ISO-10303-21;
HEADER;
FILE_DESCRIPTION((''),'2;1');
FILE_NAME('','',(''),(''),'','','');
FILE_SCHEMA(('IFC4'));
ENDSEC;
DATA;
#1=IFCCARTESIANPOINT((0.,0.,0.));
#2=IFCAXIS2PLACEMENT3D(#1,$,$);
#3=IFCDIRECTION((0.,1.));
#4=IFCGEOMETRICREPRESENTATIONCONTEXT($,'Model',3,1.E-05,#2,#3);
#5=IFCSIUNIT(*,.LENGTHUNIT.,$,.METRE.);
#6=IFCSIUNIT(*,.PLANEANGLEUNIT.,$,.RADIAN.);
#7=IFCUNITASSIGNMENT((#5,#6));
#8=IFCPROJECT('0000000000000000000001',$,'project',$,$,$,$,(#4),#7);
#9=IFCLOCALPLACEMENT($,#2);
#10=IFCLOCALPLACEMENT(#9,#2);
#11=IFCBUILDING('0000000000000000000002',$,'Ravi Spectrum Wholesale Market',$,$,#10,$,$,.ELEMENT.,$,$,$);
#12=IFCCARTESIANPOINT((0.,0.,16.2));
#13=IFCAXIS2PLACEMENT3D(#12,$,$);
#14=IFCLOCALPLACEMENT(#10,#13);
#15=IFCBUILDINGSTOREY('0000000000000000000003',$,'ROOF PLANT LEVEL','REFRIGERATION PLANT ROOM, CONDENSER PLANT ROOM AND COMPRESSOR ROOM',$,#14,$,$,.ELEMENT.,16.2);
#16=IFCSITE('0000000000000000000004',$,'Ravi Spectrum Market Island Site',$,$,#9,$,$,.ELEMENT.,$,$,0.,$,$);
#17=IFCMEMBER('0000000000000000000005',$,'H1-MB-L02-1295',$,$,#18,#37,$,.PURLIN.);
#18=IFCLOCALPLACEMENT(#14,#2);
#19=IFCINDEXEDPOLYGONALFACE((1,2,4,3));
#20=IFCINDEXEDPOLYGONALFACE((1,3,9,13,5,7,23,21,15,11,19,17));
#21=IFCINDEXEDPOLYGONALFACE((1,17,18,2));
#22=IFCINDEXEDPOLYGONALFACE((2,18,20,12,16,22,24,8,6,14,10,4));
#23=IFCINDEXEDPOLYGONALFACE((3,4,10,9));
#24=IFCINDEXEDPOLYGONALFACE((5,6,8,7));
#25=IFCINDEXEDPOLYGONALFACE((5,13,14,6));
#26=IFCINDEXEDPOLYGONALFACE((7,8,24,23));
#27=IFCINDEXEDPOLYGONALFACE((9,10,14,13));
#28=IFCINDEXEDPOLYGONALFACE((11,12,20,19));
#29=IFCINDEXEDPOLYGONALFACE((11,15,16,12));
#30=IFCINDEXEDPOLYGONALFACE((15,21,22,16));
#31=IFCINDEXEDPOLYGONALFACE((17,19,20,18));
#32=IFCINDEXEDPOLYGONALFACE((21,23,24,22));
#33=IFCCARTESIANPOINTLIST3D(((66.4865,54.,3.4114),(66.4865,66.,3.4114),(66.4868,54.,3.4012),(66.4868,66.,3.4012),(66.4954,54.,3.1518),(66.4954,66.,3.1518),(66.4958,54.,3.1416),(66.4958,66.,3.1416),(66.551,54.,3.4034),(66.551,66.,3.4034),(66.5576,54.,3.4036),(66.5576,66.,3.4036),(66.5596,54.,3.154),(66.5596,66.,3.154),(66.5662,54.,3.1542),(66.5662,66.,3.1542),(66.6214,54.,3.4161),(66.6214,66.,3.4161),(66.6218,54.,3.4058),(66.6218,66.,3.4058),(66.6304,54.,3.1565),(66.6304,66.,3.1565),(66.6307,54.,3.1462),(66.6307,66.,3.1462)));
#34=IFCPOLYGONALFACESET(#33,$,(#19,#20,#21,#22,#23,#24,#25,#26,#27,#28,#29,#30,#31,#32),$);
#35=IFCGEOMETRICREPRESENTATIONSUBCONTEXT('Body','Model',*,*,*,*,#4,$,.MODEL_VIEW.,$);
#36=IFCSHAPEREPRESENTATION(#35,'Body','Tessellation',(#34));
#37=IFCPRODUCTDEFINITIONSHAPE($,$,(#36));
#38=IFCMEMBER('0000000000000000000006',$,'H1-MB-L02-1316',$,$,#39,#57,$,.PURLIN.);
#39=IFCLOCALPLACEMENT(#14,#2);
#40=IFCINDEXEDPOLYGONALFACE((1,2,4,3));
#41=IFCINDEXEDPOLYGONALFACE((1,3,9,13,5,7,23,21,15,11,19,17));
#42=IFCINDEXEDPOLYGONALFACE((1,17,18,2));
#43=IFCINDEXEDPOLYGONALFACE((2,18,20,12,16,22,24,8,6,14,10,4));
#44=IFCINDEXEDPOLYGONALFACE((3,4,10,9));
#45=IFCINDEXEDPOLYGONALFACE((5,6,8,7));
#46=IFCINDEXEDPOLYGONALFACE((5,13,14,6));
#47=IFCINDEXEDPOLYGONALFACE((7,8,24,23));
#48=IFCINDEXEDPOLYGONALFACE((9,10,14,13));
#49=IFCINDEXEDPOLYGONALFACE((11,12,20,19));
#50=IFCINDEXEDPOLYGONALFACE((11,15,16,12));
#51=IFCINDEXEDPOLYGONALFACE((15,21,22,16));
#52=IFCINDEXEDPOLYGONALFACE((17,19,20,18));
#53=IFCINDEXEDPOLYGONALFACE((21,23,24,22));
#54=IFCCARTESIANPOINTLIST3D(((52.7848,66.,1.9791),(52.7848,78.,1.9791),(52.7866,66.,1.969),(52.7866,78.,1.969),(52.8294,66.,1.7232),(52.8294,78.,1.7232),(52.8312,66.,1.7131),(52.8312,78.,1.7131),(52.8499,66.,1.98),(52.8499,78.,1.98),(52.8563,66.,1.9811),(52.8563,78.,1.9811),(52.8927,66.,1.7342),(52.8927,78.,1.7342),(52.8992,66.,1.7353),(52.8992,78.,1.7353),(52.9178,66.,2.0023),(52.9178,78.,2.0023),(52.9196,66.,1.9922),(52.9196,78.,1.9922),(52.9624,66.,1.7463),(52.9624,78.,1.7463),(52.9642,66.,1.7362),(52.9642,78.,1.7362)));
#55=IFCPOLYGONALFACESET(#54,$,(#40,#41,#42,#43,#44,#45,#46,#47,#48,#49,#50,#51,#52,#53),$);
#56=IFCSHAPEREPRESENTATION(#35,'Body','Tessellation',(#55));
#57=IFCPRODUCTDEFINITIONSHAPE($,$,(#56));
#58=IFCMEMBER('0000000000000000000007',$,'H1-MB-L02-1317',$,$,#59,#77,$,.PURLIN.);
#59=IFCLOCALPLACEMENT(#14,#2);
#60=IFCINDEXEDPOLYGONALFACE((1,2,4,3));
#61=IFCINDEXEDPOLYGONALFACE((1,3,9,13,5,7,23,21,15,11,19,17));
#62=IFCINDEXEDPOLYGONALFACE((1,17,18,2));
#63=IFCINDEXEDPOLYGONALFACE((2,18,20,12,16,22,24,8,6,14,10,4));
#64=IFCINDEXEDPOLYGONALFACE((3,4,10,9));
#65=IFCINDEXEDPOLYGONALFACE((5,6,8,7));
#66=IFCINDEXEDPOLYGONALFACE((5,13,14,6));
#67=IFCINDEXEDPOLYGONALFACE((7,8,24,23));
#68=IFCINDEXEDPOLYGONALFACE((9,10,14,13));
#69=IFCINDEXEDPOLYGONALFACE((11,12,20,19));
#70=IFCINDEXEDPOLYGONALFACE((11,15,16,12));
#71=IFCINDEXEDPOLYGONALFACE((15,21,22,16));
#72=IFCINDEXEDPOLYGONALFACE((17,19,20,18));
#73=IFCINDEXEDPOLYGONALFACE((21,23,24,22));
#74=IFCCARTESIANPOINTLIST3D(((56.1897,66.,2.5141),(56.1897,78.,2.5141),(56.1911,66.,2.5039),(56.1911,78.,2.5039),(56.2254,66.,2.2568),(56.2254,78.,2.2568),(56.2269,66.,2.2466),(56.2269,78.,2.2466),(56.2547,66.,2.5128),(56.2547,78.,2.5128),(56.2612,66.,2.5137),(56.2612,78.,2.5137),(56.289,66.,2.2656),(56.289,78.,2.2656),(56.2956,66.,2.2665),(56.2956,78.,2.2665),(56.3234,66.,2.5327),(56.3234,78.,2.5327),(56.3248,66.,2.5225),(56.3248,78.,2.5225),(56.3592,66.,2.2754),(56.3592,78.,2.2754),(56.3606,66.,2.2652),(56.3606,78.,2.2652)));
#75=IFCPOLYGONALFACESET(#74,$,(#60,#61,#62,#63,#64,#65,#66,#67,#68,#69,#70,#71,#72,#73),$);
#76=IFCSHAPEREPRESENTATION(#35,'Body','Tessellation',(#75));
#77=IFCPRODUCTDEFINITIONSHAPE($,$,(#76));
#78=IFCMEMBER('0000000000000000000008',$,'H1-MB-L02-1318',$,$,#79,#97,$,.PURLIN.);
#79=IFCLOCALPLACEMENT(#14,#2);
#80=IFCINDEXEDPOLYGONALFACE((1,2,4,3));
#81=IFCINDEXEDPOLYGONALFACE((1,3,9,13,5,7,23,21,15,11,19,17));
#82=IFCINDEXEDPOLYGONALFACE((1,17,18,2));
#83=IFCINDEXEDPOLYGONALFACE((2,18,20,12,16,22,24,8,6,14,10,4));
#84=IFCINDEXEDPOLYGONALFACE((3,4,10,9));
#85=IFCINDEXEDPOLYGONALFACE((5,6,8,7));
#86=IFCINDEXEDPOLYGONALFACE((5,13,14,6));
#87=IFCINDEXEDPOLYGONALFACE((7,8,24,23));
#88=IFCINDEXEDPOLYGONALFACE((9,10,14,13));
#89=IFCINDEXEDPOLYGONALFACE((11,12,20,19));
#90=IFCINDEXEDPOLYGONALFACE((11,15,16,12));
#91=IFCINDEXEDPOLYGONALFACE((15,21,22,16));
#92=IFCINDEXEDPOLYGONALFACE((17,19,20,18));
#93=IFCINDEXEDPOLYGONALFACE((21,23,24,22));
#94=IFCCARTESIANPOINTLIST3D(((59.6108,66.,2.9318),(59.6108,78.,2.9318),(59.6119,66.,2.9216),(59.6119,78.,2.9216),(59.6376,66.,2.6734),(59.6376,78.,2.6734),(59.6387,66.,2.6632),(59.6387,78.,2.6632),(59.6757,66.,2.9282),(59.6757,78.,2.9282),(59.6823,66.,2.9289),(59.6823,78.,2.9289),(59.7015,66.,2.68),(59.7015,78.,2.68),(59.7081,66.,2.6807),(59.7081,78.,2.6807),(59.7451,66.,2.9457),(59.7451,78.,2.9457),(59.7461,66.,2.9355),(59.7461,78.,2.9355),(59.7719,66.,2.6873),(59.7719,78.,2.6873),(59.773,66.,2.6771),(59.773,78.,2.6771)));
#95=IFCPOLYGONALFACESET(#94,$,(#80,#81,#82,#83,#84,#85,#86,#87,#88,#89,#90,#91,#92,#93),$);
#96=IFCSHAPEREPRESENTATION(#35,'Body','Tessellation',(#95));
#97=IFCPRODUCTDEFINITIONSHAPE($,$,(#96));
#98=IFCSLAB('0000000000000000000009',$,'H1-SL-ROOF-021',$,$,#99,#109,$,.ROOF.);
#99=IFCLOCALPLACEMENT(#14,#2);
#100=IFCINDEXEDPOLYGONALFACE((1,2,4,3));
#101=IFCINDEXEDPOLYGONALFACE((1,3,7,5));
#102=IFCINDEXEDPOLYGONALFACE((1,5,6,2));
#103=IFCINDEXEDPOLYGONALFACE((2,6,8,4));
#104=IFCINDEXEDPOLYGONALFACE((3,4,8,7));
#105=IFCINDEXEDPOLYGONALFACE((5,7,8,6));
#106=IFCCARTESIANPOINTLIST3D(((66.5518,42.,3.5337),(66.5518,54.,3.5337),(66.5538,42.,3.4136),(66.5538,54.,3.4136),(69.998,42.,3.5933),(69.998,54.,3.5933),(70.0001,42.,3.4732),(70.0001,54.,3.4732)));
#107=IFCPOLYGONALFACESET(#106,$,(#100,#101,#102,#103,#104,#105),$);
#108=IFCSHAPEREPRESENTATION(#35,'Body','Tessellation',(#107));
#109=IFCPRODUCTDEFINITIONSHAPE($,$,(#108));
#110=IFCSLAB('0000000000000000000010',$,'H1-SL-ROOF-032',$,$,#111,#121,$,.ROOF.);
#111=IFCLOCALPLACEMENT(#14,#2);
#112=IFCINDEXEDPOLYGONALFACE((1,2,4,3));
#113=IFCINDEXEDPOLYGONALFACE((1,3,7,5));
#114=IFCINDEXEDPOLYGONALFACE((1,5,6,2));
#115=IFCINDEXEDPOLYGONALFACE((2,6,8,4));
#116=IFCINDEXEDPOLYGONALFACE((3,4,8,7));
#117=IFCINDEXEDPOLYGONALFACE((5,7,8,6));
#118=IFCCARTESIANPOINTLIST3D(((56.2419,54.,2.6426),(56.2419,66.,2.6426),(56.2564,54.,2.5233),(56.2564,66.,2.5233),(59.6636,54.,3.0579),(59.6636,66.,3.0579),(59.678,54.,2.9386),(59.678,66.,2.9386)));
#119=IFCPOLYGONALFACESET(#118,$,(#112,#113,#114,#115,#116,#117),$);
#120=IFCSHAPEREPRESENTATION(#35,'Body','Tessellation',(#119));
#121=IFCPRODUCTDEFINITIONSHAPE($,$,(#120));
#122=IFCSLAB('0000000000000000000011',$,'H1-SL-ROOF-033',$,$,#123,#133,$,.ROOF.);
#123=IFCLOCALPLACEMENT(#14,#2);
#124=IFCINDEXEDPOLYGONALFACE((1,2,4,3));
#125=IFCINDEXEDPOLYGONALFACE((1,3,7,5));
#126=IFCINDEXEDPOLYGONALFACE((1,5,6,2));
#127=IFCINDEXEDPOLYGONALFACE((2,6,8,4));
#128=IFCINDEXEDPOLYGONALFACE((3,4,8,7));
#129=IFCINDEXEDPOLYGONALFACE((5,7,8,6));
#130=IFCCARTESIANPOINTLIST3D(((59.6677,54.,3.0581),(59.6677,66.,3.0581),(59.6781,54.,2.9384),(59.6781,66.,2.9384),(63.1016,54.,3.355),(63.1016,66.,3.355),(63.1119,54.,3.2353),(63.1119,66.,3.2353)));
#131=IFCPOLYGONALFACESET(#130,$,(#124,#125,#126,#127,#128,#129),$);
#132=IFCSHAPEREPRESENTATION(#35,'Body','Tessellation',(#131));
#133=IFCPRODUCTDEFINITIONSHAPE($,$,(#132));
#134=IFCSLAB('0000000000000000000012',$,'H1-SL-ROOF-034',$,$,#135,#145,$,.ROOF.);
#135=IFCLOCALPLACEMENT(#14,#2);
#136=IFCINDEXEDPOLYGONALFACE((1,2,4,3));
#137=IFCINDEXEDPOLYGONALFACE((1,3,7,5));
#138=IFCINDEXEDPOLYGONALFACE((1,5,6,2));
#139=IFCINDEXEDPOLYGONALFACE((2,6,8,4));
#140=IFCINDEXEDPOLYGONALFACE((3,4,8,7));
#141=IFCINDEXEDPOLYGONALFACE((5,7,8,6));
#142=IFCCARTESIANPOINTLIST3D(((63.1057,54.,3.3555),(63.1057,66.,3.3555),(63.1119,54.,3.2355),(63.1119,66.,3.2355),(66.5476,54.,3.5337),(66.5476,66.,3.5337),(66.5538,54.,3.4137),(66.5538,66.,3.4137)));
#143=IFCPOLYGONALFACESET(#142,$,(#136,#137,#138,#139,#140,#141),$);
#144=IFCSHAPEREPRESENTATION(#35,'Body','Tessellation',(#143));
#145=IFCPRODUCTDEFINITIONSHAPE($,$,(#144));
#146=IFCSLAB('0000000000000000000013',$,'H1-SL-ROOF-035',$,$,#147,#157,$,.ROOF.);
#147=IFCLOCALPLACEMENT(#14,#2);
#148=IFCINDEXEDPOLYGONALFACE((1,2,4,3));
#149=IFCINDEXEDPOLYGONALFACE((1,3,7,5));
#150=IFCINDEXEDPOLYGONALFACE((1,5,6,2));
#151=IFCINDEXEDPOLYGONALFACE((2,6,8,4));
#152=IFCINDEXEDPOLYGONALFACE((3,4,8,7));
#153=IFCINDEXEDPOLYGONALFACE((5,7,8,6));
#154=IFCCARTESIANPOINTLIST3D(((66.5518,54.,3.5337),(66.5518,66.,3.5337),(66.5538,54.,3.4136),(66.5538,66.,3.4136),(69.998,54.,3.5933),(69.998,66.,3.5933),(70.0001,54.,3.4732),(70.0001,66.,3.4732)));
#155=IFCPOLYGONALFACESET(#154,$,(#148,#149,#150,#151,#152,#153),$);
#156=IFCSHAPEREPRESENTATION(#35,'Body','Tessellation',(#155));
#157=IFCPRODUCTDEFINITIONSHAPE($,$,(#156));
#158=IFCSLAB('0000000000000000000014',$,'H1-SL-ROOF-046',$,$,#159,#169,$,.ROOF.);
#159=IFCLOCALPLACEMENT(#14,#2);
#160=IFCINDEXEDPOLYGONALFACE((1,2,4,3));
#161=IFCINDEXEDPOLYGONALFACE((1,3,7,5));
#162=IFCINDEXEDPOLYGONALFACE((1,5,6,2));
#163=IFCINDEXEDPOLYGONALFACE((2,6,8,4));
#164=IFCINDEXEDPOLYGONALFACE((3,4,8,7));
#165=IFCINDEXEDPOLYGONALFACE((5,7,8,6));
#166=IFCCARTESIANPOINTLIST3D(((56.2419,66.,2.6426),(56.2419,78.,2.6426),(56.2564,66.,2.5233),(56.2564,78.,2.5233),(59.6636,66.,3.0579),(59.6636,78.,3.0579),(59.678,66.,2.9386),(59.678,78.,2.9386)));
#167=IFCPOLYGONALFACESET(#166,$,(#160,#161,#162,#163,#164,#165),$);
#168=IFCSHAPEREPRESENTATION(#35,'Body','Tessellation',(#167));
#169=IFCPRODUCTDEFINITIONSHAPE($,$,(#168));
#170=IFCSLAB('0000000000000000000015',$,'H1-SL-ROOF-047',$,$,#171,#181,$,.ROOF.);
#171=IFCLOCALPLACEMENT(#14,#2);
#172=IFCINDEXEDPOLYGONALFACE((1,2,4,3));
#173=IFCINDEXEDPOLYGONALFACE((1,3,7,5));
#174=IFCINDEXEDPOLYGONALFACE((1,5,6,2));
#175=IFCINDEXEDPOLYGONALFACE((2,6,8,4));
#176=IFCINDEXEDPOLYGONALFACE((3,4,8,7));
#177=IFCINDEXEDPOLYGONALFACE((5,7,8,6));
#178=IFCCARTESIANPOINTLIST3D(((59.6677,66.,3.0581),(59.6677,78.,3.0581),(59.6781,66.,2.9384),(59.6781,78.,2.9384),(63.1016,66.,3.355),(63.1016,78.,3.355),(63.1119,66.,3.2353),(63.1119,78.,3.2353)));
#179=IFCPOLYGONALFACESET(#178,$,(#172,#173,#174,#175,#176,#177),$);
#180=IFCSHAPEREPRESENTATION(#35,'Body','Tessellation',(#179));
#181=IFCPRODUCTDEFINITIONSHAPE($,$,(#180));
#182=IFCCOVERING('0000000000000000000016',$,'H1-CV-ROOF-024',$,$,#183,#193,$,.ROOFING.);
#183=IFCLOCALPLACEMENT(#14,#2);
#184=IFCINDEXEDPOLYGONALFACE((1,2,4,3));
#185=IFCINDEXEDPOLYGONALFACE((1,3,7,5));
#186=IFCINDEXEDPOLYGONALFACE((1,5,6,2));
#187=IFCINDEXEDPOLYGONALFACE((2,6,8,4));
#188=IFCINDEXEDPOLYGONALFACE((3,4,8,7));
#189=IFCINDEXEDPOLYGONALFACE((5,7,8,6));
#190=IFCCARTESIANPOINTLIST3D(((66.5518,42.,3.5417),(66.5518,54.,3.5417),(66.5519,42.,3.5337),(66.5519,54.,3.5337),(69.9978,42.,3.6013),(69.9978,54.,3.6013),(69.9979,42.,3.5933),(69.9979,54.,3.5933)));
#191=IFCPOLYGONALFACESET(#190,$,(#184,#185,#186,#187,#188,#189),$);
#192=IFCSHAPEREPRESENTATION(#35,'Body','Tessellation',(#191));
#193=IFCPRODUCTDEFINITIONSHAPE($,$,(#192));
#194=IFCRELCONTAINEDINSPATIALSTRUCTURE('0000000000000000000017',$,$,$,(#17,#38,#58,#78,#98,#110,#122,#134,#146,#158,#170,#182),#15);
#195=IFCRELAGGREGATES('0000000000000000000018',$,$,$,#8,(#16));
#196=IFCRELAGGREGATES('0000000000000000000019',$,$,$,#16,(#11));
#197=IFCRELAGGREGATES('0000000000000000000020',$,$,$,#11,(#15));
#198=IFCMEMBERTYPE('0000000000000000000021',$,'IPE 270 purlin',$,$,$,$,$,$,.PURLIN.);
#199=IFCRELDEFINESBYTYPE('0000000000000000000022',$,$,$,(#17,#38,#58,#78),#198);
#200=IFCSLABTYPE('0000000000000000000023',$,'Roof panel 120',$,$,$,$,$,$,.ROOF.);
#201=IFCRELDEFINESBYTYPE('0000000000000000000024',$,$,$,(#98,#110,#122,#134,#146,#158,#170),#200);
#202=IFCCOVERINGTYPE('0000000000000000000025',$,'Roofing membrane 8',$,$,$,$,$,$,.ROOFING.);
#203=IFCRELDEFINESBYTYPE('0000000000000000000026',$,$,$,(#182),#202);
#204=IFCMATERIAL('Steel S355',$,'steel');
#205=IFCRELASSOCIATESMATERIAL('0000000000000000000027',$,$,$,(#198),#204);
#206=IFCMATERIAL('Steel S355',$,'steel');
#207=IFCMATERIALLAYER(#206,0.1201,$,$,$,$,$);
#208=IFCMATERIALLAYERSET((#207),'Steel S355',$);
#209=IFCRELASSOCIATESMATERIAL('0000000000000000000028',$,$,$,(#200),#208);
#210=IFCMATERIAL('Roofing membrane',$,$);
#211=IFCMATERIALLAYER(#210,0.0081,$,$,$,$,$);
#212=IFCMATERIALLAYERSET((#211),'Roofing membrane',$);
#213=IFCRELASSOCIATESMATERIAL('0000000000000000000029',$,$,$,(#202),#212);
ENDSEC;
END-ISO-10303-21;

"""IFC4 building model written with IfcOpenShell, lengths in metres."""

from ifc_helpers import new_model, si_unit, direction, frame, origin, origin_2d, place, context, subcontext, project, spatial, polyline, i_section, outline, extrude, material, layer, layer_set, material_profile, profile_set, type_object, element, save


model = new_model("IFC4")

# Units and contexts
model_context = context("Model", 3, precision=1e-05, world=origin(), true_north=direction((0.0, 1.0)))
body_context = subcontext(model_context, "Body", "Model", "MODEL_VIEW")
ifc_project = project(units=[si_unit("LENGTHUNIT", "METRE"), si_unit("PLANEANGLEUNIT", "RADIAN")], contexts=[model_context])

# Site, building, storey
site_placement = place(None, origin())
site = spatial("IfcSite", under=ifc_project, at=site_placement, Name="Ravi Spectrum Market Island Site", CompositionType="ELEMENT", RefElevation=0.0)
building_placement = place(site_placement, origin())
building = spatial("IfcBuilding", under=site, at=building_placement, Name="Ravi Spectrum Wholesale Market", CompositionType="ELEMENT")
storey_placement = place(building_placement, frame((0.0, 0.0, 16.2)))
storey = spatial("IfcBuildingStorey", under=building, at=storey_placement, Name="ROOF PLANT LEVEL", Description="REFRIGERATION PLANT ROOM, CONDENSER PLANT ROOM AND COMPRESSOR ROOM", CompositionType="ELEMENT", Elevation=16.2)

# Members
ifc_material_1 = material(Name="Steel S355", Category="steel")
ifc_material_profile_1 = material_profile(ifc_material_1, i_section(OverallWidth=0.135, OverallDepth=0.27, WebThickness=0.0066, FlangeThickness=0.0103, at=origin_2d()))
ifc_profile_set_1 = profile_set([ifc_material_profile_1], Name="Steel S355")
member_type_1 = type_object("IfcMemberType", Name="IPE 270 purlin", PredefinedType="PURLIN", material=ifc_profile_set_1)
for number, where, z_axis, x_axis, name in (
    (1, (66.5586, 54.0, 3.2788), (0.0, 1.0, 0.0), (-0.999405, 0.0, -0.034492), "H1-MB-L02-1295"),
    (2, (52.8745, 66.0, 1.8577), (0.0, 1.0, 0.0), (-0.98516, 0.0, -0.171639), "H1-MB-L02-1316"),
    (3, (56.2751, 66.0, 2.3896), (0.0, 1.0, 0.0), (-0.990494, 0.0, -0.137557), "H1-MB-L02-1317"),
    (4, (59.6919, 66.0, 2.8044), (0.0, 1.0, 0.0), (-0.994649, 0.0, -0.103311), "H1-MB-L02-1318"),
):
    element("IfcMember", number, at=place(storey_placement, frame(where, z_axis=z_axis, x_axis=x_axis)), inside=storey, type_object=member_type_1, Name=name, PredefinedType="PURLIN", context=body_context, shape_type="SweptSolid", body=[
        extrude(i_section(OverallWidth=0.135, OverallDepth=0.27, WebThickness=0.0066, FlangeThickness=0.0103, at=origin_2d()), origin(), (0.0, 0.0, 1.0), 12.0),
    ])

# Slabs
ifc_material_2 = material(Name="Steel S355", Category="steel")
ifc_layer_1 = layer(ifc_material_2, 0.1201)
ifc_layer_set_1 = layer_set([ifc_layer_1], Name="Steel S355")
slab_type = type_object("IfcSlabType", Name="Roof panel 120", PredefinedType="ROOF", material=ifc_layer_set_1)
slab_1_placement = place(storey_placement, frame((66.5518, 42.0, 3.5337), z_axis=(-0.017283, 0.0, 0.999851), x_axis=(0.999851, 0.0, 0.017283)))
element("IfcSlab", 5, at=slab_1_placement, inside=storey, type_object=slab_type, Name="H1-SL-ROOF-021", PredefinedType="ROOF", context=body_context, shape_type="SweptSolid", body=[
    extrude(outline(polyline([(0.0, 0.0), (3.4468, 0.0), (3.4468, 12.0), (0.0, 12.0), (0.0, 0.0)])), origin(), (0.0, 0.0, -1.0), 0.1201),
])
slab_2_placement = place(storey_placement, frame((56.2419, 54.0, 2.6426), z_axis=(-0.120486, 0.0, 0.992715), x_axis=(0.992715, 0.0, 0.120486)))
element("IfcSlab", 6, at=slab_2_placement, inside=storey, type_object=slab_type, Name="H1-SL-ROOF-032", PredefinedType="ROOF", context=body_context, shape_type="SweptSolid", body=[
    extrude(outline(polyline([(0.0, 0.0), (3.4467, 0.0), (3.4467, 12.0), (0.0, 12.0), (0.0, 0.0)])), origin(), (0.0, 0.0, -1.0), 0.1201),
])
slab_3_placement = place(storey_placement, frame((59.6677, 54.0, 3.0581), z_axis=(-0.086134, 0.0, 0.996284), x_axis=(0.996284, 0.0, 0.086134)))
element("IfcSlab", 7, at=slab_3_placement, inside=storey, type_object=slab_type, Name="H1-SL-ROOF-033", PredefinedType="ROOF", context=body_context, shape_type="SweptSolid", body=[
    extrude(outline(polyline([(0.0, 0.0), (3.4466, 0.0), (3.4466, 12.0), (0.0, 12.0), (0.0, 0.0)])), origin(), (0.0, 0.0, -1.0), 0.1201),
])
slab_4_placement = place(storey_placement, frame((63.1057, 54.0, 3.3555), z_axis=(-0.051711, 0.0, 0.998662), x_axis=(0.998662, 0.0, 0.051711)))
element("IfcSlab", 8, at=slab_4_placement, inside=storey, type_object=slab_type, Name="H1-SL-ROOF-034", PredefinedType="ROOF", context=body_context, shape_type="SweptSolid", body=[
    extrude(outline(polyline([(0.0, 0.0), (3.4465, 0.0), (3.4465, 12.0), (0.0, 12.0), (0.0, 0.0)])), origin(), (0.0, 0.0, -1.0), 0.1201),
])
slab_5_placement = place(storey_placement, frame((66.5518, 54.0, 3.5337), z_axis=(-0.017283, 0.0, 0.999851), x_axis=(0.999851, 0.0, 0.017283)))
element("IfcSlab", 9, at=slab_5_placement, inside=storey, type_object=slab_type, Name="H1-SL-ROOF-035", PredefinedType="ROOF", context=body_context, shape_type="SweptSolid", body=[
    extrude(outline(polyline([(0.0, 0.0), (3.4468, 0.0), (3.4468, 12.0), (0.0, 12.0), (0.0, 0.0)])), origin(), (0.0, 0.0, -1.0), 0.1201),
])
slab_6_placement = place(storey_placement, frame((56.2419, 66.0, 2.6426), z_axis=(-0.120486, 0.0, 0.992715), x_axis=(0.992715, 0.0, 0.120486)))
element("IfcSlab", 10, at=slab_6_placement, inside=storey, type_object=slab_type, Name="H1-SL-ROOF-046", PredefinedType="ROOF", context=body_context, shape_type="SweptSolid", body=[
    extrude(outline(polyline([(0.0, 0.0), (3.4467, 0.0), (3.4467, 12.0), (0.0, 12.0), (0.0, 0.0)])), origin(), (0.0, 0.0, -1.0), 0.1201),
])
slab_7_placement = place(storey_placement, frame((59.6677, 66.0, 3.0581), z_axis=(-0.086134, 0.0, 0.996284), x_axis=(0.996284, 0.0, 0.086134)))
element("IfcSlab", 11, at=slab_7_placement, inside=storey, type_object=slab_type, Name="H1-SL-ROOF-047", PredefinedType="ROOF", context=body_context, shape_type="SweptSolid", body=[
    extrude(outline(polyline([(0.0, 0.0), (3.4466, 0.0), (3.4466, 12.0), (0.0, 12.0), (0.0, 0.0)])), origin(), (0.0, 0.0, -1.0), 0.1201),
])

# Covering
ifc_material_3 = material(Name="Roofing membrane")
ifc_layer_2 = layer(ifc_material_3, 0.0081)
ifc_layer_set_2 = layer_set([ifc_layer_2], Name="Roofing membrane")
covering_type = type_object("IfcCoveringType", Name="Roofing membrane 8", PredefinedType="ROOFING", material=ifc_layer_set_2)
covering_1_placement = place(storey_placement, frame((66.5518, 42.0, 3.5417), z_axis=(-0.017284, 0.0, 0.999851), x_axis=(0.999851, 0.0, 0.017284)))
element("IfcCovering", 12, at=covering_1_placement, inside=storey, type_object=covering_type, Name="H1-CV-ROOF-024", PredefinedType="ROOFING", context=body_context, shape_type="SweptSolid", body=[
    extrude(outline(polyline([(0.0, 0.0), (3.4466, 0.0), (3.4466, 12.0), (0.0, 12.0), (0.0, 0.0)])), origin(), (0.0, 0.0, -1.0), 0.0081),
])

save(model, "model.ifc")
